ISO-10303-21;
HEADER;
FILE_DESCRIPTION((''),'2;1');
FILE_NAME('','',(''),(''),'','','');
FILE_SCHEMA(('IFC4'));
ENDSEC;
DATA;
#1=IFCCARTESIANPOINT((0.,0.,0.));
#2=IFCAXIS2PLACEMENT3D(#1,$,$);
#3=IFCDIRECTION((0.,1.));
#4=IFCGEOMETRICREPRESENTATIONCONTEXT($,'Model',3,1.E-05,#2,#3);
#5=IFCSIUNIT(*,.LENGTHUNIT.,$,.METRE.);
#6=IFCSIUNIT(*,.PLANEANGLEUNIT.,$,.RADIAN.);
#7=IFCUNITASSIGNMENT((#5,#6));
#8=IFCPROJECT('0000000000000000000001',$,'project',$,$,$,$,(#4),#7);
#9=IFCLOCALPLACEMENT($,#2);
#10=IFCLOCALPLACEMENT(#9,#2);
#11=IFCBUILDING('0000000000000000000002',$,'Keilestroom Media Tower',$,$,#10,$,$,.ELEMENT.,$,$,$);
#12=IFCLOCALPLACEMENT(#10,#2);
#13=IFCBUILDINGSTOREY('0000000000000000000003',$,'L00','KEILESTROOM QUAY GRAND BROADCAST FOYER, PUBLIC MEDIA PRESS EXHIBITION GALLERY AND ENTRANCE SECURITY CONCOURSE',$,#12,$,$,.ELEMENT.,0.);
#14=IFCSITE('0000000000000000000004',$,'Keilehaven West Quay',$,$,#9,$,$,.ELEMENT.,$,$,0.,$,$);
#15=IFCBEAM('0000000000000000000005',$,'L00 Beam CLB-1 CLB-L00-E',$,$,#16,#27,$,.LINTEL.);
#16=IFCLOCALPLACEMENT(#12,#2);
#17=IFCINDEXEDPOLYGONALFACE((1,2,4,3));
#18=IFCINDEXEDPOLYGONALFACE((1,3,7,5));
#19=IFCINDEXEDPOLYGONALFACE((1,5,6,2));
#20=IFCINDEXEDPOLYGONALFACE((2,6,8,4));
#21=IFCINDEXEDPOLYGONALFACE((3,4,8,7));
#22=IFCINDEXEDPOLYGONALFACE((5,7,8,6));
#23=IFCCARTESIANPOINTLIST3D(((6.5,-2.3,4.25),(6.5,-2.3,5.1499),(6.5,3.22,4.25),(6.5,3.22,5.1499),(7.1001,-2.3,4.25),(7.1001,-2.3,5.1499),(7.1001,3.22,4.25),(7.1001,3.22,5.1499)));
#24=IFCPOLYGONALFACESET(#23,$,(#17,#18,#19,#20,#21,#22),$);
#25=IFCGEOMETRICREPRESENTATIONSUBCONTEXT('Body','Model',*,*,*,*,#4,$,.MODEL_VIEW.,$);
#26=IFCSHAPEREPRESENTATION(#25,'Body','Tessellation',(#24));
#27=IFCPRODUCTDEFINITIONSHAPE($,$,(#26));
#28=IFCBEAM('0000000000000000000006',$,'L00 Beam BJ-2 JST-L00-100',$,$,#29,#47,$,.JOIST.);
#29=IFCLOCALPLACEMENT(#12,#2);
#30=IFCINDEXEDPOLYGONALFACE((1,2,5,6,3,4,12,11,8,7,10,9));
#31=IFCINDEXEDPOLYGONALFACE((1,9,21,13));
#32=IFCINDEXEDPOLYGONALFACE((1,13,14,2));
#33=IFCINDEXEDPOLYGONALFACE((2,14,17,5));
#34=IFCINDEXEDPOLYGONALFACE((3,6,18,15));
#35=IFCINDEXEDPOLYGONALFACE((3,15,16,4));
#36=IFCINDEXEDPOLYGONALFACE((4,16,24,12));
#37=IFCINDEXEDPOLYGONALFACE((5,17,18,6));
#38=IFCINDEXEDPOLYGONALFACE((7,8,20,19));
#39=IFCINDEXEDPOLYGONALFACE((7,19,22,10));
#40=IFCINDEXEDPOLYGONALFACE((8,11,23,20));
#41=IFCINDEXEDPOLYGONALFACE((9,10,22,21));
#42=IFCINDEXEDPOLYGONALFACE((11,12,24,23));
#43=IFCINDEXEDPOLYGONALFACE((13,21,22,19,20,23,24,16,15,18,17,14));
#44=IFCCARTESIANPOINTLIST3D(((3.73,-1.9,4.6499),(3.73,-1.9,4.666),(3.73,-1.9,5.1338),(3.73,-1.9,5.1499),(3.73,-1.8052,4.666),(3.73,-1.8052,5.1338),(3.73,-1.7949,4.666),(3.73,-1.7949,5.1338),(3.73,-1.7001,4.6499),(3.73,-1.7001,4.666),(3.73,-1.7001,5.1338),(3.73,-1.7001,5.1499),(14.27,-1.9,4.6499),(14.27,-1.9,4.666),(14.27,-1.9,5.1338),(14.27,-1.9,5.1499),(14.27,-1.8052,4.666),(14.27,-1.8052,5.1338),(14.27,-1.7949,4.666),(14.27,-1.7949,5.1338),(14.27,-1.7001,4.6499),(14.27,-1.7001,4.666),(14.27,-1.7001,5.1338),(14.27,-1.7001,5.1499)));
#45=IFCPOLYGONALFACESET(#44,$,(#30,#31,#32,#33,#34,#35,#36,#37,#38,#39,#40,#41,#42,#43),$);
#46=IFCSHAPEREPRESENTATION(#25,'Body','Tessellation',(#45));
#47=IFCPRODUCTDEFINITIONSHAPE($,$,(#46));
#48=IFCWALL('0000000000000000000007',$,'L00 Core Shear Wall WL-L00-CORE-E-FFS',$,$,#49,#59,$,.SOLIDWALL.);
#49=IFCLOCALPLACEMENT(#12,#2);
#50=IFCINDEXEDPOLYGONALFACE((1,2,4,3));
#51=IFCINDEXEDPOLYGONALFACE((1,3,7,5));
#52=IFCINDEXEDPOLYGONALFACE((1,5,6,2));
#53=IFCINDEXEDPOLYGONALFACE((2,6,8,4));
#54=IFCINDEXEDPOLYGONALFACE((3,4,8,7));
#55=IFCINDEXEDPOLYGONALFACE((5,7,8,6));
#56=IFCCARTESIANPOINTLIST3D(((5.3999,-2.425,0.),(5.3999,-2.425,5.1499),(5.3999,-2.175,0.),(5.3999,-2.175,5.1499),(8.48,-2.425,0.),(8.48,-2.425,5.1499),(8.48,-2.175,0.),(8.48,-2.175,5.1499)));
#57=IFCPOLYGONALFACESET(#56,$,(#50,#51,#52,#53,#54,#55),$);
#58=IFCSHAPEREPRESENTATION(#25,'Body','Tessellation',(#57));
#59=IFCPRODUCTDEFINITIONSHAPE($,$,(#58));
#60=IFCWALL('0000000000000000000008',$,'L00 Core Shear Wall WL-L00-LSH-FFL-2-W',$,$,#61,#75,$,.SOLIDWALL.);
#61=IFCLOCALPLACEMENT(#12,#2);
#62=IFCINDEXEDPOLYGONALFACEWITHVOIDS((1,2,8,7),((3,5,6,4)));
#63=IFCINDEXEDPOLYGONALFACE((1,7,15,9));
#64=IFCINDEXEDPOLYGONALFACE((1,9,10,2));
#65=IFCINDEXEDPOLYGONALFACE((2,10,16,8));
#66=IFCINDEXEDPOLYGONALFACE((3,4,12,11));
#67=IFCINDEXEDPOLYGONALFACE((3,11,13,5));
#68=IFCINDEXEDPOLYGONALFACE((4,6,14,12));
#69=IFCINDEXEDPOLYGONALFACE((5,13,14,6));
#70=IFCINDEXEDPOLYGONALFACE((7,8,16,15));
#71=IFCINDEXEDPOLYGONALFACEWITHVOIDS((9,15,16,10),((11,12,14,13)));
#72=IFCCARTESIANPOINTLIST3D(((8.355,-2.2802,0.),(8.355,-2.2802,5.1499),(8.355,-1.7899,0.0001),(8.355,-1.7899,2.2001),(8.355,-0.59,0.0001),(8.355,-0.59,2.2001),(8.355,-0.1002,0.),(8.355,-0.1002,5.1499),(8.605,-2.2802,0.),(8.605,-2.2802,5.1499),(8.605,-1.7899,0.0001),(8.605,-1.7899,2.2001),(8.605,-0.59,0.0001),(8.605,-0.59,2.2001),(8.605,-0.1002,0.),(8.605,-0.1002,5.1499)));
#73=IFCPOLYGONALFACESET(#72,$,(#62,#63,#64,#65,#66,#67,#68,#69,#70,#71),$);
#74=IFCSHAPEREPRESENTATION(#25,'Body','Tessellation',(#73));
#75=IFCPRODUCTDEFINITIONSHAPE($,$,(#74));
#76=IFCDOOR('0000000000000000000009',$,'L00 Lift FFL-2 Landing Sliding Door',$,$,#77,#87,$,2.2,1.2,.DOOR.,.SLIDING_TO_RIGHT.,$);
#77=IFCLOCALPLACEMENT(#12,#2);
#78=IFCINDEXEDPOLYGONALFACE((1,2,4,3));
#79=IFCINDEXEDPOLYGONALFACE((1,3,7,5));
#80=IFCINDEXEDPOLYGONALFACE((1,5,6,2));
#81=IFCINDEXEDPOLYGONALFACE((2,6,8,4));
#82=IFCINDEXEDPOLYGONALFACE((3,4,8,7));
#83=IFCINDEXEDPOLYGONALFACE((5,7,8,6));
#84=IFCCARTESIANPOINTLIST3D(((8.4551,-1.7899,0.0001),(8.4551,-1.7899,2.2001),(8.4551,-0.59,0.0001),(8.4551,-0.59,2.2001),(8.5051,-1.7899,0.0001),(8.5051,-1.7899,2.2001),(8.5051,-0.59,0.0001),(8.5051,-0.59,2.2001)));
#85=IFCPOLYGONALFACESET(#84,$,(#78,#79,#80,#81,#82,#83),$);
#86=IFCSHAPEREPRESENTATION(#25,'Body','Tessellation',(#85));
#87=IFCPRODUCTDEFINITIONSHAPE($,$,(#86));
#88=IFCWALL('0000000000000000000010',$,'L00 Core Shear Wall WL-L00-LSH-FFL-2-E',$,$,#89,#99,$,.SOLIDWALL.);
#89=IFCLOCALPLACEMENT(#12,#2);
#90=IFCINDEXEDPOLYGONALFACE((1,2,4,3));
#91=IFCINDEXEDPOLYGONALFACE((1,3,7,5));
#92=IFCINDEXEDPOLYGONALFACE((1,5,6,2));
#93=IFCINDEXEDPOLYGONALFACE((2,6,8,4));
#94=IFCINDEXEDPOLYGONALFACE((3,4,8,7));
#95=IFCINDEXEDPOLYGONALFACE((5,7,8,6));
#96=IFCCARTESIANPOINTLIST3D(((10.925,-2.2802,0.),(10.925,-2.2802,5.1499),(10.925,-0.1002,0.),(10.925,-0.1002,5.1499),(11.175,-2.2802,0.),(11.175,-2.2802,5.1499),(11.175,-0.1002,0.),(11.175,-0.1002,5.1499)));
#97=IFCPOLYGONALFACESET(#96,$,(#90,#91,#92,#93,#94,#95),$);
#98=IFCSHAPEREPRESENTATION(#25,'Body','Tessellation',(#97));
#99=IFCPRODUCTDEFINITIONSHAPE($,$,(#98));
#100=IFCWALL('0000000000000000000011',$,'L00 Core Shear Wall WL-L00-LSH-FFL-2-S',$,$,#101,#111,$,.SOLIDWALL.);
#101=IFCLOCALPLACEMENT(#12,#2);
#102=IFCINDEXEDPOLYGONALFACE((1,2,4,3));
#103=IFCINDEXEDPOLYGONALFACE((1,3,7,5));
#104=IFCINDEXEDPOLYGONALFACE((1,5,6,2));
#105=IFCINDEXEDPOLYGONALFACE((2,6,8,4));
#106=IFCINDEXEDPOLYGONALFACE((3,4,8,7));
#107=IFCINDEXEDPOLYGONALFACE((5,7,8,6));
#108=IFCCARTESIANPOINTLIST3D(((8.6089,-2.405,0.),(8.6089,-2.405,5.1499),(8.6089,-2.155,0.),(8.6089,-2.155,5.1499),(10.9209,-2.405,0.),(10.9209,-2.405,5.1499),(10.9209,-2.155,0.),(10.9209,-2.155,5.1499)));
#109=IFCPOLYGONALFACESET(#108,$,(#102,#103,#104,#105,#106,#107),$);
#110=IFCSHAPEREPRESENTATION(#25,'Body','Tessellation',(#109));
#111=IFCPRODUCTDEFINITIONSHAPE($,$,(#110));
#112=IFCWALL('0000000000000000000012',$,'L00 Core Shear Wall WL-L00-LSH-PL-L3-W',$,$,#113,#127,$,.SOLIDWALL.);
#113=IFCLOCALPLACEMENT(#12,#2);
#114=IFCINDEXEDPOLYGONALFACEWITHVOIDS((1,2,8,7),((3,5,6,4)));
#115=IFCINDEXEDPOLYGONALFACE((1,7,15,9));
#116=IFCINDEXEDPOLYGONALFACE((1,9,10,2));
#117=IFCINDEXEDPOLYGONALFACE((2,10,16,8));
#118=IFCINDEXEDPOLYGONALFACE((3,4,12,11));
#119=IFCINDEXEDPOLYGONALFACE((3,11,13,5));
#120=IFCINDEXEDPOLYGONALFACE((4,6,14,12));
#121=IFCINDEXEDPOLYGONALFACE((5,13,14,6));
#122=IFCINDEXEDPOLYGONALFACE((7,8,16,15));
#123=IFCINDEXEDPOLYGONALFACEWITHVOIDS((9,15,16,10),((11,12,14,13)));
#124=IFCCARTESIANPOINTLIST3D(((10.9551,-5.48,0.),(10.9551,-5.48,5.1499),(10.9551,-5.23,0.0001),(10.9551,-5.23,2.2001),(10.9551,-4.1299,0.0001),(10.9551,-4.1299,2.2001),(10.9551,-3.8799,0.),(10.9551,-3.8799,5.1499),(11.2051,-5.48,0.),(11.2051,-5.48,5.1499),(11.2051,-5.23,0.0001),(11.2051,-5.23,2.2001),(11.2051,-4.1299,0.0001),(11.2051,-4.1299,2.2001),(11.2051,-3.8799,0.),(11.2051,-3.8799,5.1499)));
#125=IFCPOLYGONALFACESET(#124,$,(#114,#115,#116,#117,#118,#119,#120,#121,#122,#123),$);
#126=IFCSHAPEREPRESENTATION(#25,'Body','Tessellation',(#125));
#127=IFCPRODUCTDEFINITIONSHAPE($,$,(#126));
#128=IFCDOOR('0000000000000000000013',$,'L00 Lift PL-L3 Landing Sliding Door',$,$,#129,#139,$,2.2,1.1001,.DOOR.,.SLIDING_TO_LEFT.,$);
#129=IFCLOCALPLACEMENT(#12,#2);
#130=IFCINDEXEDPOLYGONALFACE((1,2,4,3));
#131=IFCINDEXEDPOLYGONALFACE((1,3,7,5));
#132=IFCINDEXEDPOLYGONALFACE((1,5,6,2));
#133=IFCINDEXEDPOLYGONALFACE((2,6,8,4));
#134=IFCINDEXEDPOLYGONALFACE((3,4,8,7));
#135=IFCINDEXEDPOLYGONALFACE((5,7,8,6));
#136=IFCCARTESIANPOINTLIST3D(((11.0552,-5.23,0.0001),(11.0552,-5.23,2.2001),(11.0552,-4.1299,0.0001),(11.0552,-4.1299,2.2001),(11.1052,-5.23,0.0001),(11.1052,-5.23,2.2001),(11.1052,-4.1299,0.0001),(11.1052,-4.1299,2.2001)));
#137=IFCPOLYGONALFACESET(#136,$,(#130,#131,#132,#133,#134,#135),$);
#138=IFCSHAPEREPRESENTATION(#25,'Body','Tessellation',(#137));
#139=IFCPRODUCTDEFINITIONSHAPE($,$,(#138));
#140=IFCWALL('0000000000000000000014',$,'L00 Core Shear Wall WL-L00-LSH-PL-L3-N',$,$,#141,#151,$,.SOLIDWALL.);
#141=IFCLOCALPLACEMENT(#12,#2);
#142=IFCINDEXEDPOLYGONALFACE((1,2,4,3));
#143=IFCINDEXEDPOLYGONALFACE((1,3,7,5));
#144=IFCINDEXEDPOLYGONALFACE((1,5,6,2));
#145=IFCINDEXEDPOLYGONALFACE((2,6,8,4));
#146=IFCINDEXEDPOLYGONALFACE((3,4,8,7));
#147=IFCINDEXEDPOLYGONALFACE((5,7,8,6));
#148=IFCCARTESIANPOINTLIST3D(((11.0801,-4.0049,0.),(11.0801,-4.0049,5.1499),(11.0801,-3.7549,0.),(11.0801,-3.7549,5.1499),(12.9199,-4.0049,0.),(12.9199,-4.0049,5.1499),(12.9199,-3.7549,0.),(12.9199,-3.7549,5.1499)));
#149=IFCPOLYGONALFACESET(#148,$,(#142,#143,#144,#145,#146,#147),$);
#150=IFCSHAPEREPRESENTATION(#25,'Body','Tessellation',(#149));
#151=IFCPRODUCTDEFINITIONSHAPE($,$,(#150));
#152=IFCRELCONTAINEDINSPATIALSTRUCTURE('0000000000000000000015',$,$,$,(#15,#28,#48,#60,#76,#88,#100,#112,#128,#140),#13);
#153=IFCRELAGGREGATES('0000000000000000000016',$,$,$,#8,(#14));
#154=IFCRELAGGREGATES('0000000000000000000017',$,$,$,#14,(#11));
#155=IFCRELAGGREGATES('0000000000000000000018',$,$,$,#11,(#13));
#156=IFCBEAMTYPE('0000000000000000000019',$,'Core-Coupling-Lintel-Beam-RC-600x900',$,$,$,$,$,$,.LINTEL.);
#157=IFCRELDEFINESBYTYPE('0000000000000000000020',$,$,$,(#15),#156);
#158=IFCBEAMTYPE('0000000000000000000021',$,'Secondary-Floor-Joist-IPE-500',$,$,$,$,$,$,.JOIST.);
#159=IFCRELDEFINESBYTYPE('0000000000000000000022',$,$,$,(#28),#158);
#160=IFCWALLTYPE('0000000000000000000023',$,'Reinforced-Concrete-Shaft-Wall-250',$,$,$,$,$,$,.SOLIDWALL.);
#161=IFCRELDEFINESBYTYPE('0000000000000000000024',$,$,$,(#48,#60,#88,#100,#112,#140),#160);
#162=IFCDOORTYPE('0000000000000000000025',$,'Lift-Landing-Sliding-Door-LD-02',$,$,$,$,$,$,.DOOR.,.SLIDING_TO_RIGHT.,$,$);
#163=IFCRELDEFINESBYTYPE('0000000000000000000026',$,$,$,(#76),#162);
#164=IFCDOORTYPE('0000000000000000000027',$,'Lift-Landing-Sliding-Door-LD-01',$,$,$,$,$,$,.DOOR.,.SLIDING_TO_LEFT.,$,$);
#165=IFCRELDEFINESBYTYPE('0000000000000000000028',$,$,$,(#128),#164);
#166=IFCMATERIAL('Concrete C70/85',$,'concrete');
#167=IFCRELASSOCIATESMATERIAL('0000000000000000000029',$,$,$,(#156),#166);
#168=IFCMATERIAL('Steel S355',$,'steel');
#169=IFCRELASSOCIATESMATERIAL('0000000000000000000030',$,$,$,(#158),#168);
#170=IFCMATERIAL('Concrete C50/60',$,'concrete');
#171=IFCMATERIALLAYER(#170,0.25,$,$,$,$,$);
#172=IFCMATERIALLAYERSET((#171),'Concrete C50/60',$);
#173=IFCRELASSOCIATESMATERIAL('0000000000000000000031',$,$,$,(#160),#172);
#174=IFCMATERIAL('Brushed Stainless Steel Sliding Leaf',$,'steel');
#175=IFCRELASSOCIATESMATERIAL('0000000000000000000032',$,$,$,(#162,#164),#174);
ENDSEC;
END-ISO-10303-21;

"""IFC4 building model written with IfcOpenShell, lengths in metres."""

from ifc_helpers import new_model, si_unit, direction, frame, frame_2d, origin, origin_2d, place, context, subcontext, project, spatial, rectangle, i_section, extrude, source, transform, mapped, material, layer, layer_set, material_profile, profile_set, type_object, element, fill, save


model = new_model("IFC4")

# Units and contexts
model_context = context("Model", 3, precision=1e-05, world=origin(), true_north=direction((0.0, 1.0)))
body_context = subcontext(model_context, "Body", "Model", "MODEL_VIEW")
ifc_project = project(units=[si_unit("LENGTHUNIT", "METRE"), si_unit("PLANEANGLEUNIT", "RADIAN")], contexts=[model_context])

# Site, building, storey
site_placement = place(None, origin())
site = spatial("IfcSite", under=ifc_project, at=site_placement, Name="Keilehaven West Quay", CompositionType="ELEMENT", RefElevation=0.0)
building_placement = place(site_placement, origin())
building = spatial("IfcBuilding", under=site, at=building_placement, Name="Keilestroom Media Tower", CompositionType="ELEMENT")
storey_placement = place(building_placement, origin())
storey = spatial("IfcBuildingStorey", under=building, at=storey_placement, Name="L00", Description="KEILESTROOM QUAY GRAND BROADCAST FOYER, PUBLIC MEDIA PRESS EXHIBITION GALLERY AND ENTRANCE SECURITY CONCOURSE", CompositionType="ELEMENT", Elevation=0.0)

# Beams
ifc_material_1 = material(Name="Concrete C70/85", Category="concrete")
ifc_material_profile_1 = material_profile(ifc_material_1, rectangle(XDim=0.6001, YDim=0.8999, at=origin_2d()), Name="RC 600x900")
ifc_profile_set_1 = profile_set([ifc_material_profile_1], Name="Concrete C70/85")
beam_type_1 = type_object("IfcBeamType", Name="Core-Coupling-Lintel-Beam-RC-600x900", PredefinedType="LINTEL", material=ifc_profile_set_1)
shared_shape_1 = source(origin(), body_context, "Body", "SweptSolid", [
    extrude(rectangle(XDim=0.6001, YDim=0.8999, at=origin_2d()), origin(), (0.0, 0.0, 1.0), 5.52),
])
beam_1_placement = place(storey_placement, frame((6.8, -2.3, 4.7), z_axis=(0.0, 1.0, 0.0), x_axis=(-1.0, 0.0, 0.0)))
element("IfcBeam", 1, at=beam_1_placement, inside=storey, type_object=beam_type_1, Name="L00 Beam CLB-1 CLB-L00-E", PredefinedType="LINTEL", context=body_context, shape_type="MappedRepresentation", body=[
    mapped(shared_shape_1, transform((0.0, 0.0, 0.0), x_axis=(1.0, 0.0, 0.0), y_axis=(0.0, 1.0, 0.0), z_axis=(0.0, 0.0, 1.0), scale=1.0)),
])
ifc_material_2 = material(Name="Steel S355", Category="steel")
ifc_material_profile_2 = material_profile(ifc_material_2, i_section(OverallWidth=0.2, OverallDepth=0.5, WebThickness=0.0103, FlangeThickness=0.0161, at=origin_2d()), Name="IPE 500")
ifc_profile_set_2 = profile_set([ifc_material_profile_2], Name="Steel S355")
beam_type_2 = type_object("IfcBeamType", Name="Secondary-Floor-Joist-IPE-500", PredefinedType="JOIST", material=ifc_profile_set_2)
shared_shape_2 = source(origin(), body_context, "Body", "SweptSolid", [
    extrude(i_section(OverallWidth=0.2, OverallDepth=0.5, WebThickness=0.0103, FlangeThickness=0.0161, at=origin_2d()), origin(), (0.0, 0.0, 1.0), 10.54),
])
beam_2_placement = place(storey_placement, frame((3.73, -1.8, 4.8999), z_axis=(1.0, 0.0, 0.0), x_axis=(0.0, 1.0, 0.0)))
element("IfcBeam", 2, at=beam_2_placement, inside=storey, type_object=beam_type_2, Name="L00 Beam BJ-2 JST-L00-100", PredefinedType="JOIST", context=body_context, shape_type="MappedRepresentation", body=[
    mapped(shared_shape_2, transform((0.0, 0.0, 0.0), x_axis=(1.0, 0.0, 0.0), y_axis=(0.0, 1.0, 0.0), z_axis=(0.0, 0.0, 1.0), scale=1.0)),
])

# Wall
ifc_material_3 = material(Name="Concrete C50/60", Category="concrete")
ifc_layer = layer(ifc_material_3, 0.25)
ifc_layer_set = layer_set([ifc_layer], Name="Concrete C50/60")
wall_type = type_object("IfcWallType", Name="Reinforced-Concrete-Shaft-Wall-250", PredefinedType="SOLIDWALL", material=ifc_layer_set)
wall_1_placement = place(storey_placement, frame((5.3999, -2.3, 0.0), z_axis=(0.0, 0.0, 1.0), x_axis=(1.0, 0.0, 0.0)))
element("IfcWall", 3, at=wall_1_placement, inside=storey, type_object=wall_type, Name="L00 Core Shear Wall WL-L00-CORE-E-FFS", PredefinedType="SOLIDWALL", context=body_context, shape_type="SweptSolid", body=[
    extrude(rectangle(XDim=3.0801, YDim=0.25, at=frame_2d((1.54, 0.0))), origin(), (0.0, 0.0, 1.0), 5.1499),
])

# Wall, opening, door
wall_2_placement = place(storey_placement, frame((8.48, -2.28, 0.0), z_axis=(0.0, 0.0, 1.0), x_axis=(0.0, 1.0, 0.0)))
wall_2 = element("IfcWall", 4, at=wall_2_placement, inside=storey, type_object=wall_type, Name="L00 Core Shear Wall WL-L00-LSH-FFL-2-W", PredefinedType="SOLIDWALL", context=body_context, shape_type="SweptSolid", body=[
    extrude(rectangle(XDim=2.1799, YDim=0.25, at=frame_2d((1.0898, 0.0))), origin(), (0.0, 0.0, 1.0), 5.1499),
])
opening_1_placement = place(wall_2_placement, frame((0.49, 0.0, 0.0)))
opening_1 = element("IfcOpeningElement", 5, at=opening_1_placement, cuts=wall_2, PredefinedType="OPENING", context=body_context, shape_type="SweptSolid", body=[
    extrude(rectangle(XDim=1.2, YDim=2.2, at=frame_2d((0.6001, 1.1001))), frame((0.0, 0.135, 0.0), z_axis=(0.0, -1.0, 0.0), x_axis=(1.0, 0.0, 0.0)), (0.0, 0.0, 1.0), 0.27),
])
ifc_material_4 = material(Name="Brushed Stainless Steel Sliding Leaf", Category="steel")
door_type_1 = type_object("IfcDoorType", Name="Lift-Landing-Sliding-Door-LD-02", OperationType="SLIDING_TO_RIGHT", PredefinedType="DOOR", material=ifc_material_4)
shared_shape_3 = source(origin(), body_context, "Body", "SweptSolid", [
    extrude(rectangle(XDim=1.2, YDim=2.2, at=frame_2d((0.6001, 1.1001))), frame((0.0, 0.0249, 0.0), z_axis=(0.0, -1.0, 0.0), x_axis=(1.0, 0.0, 0.0)), (0.0, 0.0, 1.0), 0.05),
])
door_1_placement = place(opening_1_placement, origin())
door_1 = element("IfcDoor", 6, at=door_1_placement, inside=storey, type_object=door_type_1, Name="L00 Lift FFL-2 Landing Sliding Door", OperationType="SLIDING_TO_RIGHT", OverallHeight=2.2, OverallWidth=1.2, PredefinedType="DOOR", context=body_context, shape_type="MappedRepresentation", body=[
    mapped(shared_shape_3, transform((0.0, 0.0, 0.0), x_axis=(1.0, 0.0, 0.0), y_axis=(0.0, 1.0, 0.0), z_axis=(0.0, 0.0, 1.0), scale=1.0)),
])
fill(opening_1, door_1)

# Walls
wall_3_placement = place(storey_placement, frame((11.05, -2.28, 0.0), z_axis=(0.0, 0.0, 1.0), x_axis=(0.0, 1.0, 0.0)))
element("IfcWall", 7, at=wall_3_placement, inside=storey, type_object=wall_type, Name="L00 Core Shear Wall WL-L00-LSH-FFL-2-E", PredefinedType="SOLIDWALL", context=body_context, shape_type="SweptSolid", body=[
    extrude(rectangle(XDim=2.1799, YDim=0.25, at=frame_2d((1.0898, 0.0))), origin(), (0.0, 0.0, 1.0), 5.1499),
])
wall_4_placement = place(storey_placement, frame((8.6089, -2.28, 0.0), z_axis=(0.0, 0.0, 1.0), x_axis=(1.0, 0.0, 0.0)))
element("IfcWall", 8, at=wall_4_placement, inside=storey, type_object=wall_type, Name="L00 Core Shear Wall WL-L00-LSH-FFL-2-S", PredefinedType="SOLIDWALL", context=body_context, shape_type="SweptSolid", body=[
    extrude(rectangle(XDim=2.312, YDim=0.25, at=frame_2d((1.156, 0.0))), origin(), (0.0, 0.0, 1.0), 5.1499),
])

# Wall, opening, door
wall_5_placement = place(storey_placement, frame((11.0801, -5.48, 0.0), z_axis=(0.0, 0.0, 1.0), x_axis=(0.0, 1.0, 0.0)))
wall_5 = element("IfcWall", 9, at=wall_5_placement, inside=storey, type_object=wall_type, Name="L00 Core Shear Wall WL-L00-LSH-PL-L3-W", PredefinedType="SOLIDWALL", context=body_context, shape_type="SweptSolid", body=[
    extrude(rectangle(XDim=1.6001, YDim=0.25, at=frame_2d((0.8, 0.0))), origin(), (0.0, 0.0, 1.0), 5.1499),
])
opening_2_placement = place(wall_5_placement, frame((0.25, 0.0, 0.0)))
opening_2 = element("IfcOpeningElement", 10, at=opening_2_placement, cuts=wall_5, PredefinedType="OPENING", context=body_context, shape_type="SweptSolid", body=[
    extrude(rectangle(XDim=1.1001, YDim=2.2, at=frame_2d((0.55, 1.1001))), frame((0.0, 0.135, 0.0), z_axis=(0.0, -1.0, 0.0), x_axis=(1.0, 0.0, 0.0)), (0.0, 0.0, 1.0), 0.27),
])
door_type_2 = type_object("IfcDoorType", Name="Lift-Landing-Sliding-Door-LD-01", OperationType="SLIDING_TO_LEFT", PredefinedType="DOOR", material=ifc_material_4)
shared_shape_4 = source(origin(), body_context, "Body", "SweptSolid", [
    extrude(rectangle(XDim=1.1001, YDim=2.2, at=frame_2d((0.55, 1.1001))), frame((0.0, 0.0249, 0.0), z_axis=(0.0, -1.0, 0.0), x_axis=(1.0, 0.0, 0.0)), (0.0, 0.0, 1.0), 0.05),
])
door_2_placement = place(opening_2_placement, origin())
door_2 = element("IfcDoor", 11, at=door_2_placement, inside=storey, type_object=door_type_2, Name="L00 Lift PL-L3 Landing Sliding Door", OperationType="SLIDING_TO_LEFT", OverallHeight=2.2, OverallWidth=1.1001, PredefinedType="DOOR", context=body_context, shape_type="MappedRepresentation", body=[
    mapped(shared_shape_4, transform((0.0, 0.0, 0.0), x_axis=(1.0, 0.0, 0.0), y_axis=(0.0, 1.0, 0.0), z_axis=(0.0, 0.0, 1.0), scale=1.0)),
])
fill(opening_2, door_2)

# Wall
wall_6_placement = place(storey_placement, frame((11.0801, -3.8799, 0.0), z_axis=(0.0, 0.0, 1.0), x_axis=(1.0, 0.0, 0.0)))
element("IfcWall", 12, at=wall_6_placement, inside=storey, type_object=wall_type, Name="L00 Core Shear Wall WL-L00-LSH-PL-L3-N", PredefinedType="SOLIDWALL", context=body_context, shape_type="SweptSolid", body=[
    extrude(rectangle(XDim=1.8398, YDim=0.25, at=frame_2d((0.9199, 0.0))), origin(), (0.0, 0.0, 1.0), 5.1499),
])

save(model, "model.ifc")
